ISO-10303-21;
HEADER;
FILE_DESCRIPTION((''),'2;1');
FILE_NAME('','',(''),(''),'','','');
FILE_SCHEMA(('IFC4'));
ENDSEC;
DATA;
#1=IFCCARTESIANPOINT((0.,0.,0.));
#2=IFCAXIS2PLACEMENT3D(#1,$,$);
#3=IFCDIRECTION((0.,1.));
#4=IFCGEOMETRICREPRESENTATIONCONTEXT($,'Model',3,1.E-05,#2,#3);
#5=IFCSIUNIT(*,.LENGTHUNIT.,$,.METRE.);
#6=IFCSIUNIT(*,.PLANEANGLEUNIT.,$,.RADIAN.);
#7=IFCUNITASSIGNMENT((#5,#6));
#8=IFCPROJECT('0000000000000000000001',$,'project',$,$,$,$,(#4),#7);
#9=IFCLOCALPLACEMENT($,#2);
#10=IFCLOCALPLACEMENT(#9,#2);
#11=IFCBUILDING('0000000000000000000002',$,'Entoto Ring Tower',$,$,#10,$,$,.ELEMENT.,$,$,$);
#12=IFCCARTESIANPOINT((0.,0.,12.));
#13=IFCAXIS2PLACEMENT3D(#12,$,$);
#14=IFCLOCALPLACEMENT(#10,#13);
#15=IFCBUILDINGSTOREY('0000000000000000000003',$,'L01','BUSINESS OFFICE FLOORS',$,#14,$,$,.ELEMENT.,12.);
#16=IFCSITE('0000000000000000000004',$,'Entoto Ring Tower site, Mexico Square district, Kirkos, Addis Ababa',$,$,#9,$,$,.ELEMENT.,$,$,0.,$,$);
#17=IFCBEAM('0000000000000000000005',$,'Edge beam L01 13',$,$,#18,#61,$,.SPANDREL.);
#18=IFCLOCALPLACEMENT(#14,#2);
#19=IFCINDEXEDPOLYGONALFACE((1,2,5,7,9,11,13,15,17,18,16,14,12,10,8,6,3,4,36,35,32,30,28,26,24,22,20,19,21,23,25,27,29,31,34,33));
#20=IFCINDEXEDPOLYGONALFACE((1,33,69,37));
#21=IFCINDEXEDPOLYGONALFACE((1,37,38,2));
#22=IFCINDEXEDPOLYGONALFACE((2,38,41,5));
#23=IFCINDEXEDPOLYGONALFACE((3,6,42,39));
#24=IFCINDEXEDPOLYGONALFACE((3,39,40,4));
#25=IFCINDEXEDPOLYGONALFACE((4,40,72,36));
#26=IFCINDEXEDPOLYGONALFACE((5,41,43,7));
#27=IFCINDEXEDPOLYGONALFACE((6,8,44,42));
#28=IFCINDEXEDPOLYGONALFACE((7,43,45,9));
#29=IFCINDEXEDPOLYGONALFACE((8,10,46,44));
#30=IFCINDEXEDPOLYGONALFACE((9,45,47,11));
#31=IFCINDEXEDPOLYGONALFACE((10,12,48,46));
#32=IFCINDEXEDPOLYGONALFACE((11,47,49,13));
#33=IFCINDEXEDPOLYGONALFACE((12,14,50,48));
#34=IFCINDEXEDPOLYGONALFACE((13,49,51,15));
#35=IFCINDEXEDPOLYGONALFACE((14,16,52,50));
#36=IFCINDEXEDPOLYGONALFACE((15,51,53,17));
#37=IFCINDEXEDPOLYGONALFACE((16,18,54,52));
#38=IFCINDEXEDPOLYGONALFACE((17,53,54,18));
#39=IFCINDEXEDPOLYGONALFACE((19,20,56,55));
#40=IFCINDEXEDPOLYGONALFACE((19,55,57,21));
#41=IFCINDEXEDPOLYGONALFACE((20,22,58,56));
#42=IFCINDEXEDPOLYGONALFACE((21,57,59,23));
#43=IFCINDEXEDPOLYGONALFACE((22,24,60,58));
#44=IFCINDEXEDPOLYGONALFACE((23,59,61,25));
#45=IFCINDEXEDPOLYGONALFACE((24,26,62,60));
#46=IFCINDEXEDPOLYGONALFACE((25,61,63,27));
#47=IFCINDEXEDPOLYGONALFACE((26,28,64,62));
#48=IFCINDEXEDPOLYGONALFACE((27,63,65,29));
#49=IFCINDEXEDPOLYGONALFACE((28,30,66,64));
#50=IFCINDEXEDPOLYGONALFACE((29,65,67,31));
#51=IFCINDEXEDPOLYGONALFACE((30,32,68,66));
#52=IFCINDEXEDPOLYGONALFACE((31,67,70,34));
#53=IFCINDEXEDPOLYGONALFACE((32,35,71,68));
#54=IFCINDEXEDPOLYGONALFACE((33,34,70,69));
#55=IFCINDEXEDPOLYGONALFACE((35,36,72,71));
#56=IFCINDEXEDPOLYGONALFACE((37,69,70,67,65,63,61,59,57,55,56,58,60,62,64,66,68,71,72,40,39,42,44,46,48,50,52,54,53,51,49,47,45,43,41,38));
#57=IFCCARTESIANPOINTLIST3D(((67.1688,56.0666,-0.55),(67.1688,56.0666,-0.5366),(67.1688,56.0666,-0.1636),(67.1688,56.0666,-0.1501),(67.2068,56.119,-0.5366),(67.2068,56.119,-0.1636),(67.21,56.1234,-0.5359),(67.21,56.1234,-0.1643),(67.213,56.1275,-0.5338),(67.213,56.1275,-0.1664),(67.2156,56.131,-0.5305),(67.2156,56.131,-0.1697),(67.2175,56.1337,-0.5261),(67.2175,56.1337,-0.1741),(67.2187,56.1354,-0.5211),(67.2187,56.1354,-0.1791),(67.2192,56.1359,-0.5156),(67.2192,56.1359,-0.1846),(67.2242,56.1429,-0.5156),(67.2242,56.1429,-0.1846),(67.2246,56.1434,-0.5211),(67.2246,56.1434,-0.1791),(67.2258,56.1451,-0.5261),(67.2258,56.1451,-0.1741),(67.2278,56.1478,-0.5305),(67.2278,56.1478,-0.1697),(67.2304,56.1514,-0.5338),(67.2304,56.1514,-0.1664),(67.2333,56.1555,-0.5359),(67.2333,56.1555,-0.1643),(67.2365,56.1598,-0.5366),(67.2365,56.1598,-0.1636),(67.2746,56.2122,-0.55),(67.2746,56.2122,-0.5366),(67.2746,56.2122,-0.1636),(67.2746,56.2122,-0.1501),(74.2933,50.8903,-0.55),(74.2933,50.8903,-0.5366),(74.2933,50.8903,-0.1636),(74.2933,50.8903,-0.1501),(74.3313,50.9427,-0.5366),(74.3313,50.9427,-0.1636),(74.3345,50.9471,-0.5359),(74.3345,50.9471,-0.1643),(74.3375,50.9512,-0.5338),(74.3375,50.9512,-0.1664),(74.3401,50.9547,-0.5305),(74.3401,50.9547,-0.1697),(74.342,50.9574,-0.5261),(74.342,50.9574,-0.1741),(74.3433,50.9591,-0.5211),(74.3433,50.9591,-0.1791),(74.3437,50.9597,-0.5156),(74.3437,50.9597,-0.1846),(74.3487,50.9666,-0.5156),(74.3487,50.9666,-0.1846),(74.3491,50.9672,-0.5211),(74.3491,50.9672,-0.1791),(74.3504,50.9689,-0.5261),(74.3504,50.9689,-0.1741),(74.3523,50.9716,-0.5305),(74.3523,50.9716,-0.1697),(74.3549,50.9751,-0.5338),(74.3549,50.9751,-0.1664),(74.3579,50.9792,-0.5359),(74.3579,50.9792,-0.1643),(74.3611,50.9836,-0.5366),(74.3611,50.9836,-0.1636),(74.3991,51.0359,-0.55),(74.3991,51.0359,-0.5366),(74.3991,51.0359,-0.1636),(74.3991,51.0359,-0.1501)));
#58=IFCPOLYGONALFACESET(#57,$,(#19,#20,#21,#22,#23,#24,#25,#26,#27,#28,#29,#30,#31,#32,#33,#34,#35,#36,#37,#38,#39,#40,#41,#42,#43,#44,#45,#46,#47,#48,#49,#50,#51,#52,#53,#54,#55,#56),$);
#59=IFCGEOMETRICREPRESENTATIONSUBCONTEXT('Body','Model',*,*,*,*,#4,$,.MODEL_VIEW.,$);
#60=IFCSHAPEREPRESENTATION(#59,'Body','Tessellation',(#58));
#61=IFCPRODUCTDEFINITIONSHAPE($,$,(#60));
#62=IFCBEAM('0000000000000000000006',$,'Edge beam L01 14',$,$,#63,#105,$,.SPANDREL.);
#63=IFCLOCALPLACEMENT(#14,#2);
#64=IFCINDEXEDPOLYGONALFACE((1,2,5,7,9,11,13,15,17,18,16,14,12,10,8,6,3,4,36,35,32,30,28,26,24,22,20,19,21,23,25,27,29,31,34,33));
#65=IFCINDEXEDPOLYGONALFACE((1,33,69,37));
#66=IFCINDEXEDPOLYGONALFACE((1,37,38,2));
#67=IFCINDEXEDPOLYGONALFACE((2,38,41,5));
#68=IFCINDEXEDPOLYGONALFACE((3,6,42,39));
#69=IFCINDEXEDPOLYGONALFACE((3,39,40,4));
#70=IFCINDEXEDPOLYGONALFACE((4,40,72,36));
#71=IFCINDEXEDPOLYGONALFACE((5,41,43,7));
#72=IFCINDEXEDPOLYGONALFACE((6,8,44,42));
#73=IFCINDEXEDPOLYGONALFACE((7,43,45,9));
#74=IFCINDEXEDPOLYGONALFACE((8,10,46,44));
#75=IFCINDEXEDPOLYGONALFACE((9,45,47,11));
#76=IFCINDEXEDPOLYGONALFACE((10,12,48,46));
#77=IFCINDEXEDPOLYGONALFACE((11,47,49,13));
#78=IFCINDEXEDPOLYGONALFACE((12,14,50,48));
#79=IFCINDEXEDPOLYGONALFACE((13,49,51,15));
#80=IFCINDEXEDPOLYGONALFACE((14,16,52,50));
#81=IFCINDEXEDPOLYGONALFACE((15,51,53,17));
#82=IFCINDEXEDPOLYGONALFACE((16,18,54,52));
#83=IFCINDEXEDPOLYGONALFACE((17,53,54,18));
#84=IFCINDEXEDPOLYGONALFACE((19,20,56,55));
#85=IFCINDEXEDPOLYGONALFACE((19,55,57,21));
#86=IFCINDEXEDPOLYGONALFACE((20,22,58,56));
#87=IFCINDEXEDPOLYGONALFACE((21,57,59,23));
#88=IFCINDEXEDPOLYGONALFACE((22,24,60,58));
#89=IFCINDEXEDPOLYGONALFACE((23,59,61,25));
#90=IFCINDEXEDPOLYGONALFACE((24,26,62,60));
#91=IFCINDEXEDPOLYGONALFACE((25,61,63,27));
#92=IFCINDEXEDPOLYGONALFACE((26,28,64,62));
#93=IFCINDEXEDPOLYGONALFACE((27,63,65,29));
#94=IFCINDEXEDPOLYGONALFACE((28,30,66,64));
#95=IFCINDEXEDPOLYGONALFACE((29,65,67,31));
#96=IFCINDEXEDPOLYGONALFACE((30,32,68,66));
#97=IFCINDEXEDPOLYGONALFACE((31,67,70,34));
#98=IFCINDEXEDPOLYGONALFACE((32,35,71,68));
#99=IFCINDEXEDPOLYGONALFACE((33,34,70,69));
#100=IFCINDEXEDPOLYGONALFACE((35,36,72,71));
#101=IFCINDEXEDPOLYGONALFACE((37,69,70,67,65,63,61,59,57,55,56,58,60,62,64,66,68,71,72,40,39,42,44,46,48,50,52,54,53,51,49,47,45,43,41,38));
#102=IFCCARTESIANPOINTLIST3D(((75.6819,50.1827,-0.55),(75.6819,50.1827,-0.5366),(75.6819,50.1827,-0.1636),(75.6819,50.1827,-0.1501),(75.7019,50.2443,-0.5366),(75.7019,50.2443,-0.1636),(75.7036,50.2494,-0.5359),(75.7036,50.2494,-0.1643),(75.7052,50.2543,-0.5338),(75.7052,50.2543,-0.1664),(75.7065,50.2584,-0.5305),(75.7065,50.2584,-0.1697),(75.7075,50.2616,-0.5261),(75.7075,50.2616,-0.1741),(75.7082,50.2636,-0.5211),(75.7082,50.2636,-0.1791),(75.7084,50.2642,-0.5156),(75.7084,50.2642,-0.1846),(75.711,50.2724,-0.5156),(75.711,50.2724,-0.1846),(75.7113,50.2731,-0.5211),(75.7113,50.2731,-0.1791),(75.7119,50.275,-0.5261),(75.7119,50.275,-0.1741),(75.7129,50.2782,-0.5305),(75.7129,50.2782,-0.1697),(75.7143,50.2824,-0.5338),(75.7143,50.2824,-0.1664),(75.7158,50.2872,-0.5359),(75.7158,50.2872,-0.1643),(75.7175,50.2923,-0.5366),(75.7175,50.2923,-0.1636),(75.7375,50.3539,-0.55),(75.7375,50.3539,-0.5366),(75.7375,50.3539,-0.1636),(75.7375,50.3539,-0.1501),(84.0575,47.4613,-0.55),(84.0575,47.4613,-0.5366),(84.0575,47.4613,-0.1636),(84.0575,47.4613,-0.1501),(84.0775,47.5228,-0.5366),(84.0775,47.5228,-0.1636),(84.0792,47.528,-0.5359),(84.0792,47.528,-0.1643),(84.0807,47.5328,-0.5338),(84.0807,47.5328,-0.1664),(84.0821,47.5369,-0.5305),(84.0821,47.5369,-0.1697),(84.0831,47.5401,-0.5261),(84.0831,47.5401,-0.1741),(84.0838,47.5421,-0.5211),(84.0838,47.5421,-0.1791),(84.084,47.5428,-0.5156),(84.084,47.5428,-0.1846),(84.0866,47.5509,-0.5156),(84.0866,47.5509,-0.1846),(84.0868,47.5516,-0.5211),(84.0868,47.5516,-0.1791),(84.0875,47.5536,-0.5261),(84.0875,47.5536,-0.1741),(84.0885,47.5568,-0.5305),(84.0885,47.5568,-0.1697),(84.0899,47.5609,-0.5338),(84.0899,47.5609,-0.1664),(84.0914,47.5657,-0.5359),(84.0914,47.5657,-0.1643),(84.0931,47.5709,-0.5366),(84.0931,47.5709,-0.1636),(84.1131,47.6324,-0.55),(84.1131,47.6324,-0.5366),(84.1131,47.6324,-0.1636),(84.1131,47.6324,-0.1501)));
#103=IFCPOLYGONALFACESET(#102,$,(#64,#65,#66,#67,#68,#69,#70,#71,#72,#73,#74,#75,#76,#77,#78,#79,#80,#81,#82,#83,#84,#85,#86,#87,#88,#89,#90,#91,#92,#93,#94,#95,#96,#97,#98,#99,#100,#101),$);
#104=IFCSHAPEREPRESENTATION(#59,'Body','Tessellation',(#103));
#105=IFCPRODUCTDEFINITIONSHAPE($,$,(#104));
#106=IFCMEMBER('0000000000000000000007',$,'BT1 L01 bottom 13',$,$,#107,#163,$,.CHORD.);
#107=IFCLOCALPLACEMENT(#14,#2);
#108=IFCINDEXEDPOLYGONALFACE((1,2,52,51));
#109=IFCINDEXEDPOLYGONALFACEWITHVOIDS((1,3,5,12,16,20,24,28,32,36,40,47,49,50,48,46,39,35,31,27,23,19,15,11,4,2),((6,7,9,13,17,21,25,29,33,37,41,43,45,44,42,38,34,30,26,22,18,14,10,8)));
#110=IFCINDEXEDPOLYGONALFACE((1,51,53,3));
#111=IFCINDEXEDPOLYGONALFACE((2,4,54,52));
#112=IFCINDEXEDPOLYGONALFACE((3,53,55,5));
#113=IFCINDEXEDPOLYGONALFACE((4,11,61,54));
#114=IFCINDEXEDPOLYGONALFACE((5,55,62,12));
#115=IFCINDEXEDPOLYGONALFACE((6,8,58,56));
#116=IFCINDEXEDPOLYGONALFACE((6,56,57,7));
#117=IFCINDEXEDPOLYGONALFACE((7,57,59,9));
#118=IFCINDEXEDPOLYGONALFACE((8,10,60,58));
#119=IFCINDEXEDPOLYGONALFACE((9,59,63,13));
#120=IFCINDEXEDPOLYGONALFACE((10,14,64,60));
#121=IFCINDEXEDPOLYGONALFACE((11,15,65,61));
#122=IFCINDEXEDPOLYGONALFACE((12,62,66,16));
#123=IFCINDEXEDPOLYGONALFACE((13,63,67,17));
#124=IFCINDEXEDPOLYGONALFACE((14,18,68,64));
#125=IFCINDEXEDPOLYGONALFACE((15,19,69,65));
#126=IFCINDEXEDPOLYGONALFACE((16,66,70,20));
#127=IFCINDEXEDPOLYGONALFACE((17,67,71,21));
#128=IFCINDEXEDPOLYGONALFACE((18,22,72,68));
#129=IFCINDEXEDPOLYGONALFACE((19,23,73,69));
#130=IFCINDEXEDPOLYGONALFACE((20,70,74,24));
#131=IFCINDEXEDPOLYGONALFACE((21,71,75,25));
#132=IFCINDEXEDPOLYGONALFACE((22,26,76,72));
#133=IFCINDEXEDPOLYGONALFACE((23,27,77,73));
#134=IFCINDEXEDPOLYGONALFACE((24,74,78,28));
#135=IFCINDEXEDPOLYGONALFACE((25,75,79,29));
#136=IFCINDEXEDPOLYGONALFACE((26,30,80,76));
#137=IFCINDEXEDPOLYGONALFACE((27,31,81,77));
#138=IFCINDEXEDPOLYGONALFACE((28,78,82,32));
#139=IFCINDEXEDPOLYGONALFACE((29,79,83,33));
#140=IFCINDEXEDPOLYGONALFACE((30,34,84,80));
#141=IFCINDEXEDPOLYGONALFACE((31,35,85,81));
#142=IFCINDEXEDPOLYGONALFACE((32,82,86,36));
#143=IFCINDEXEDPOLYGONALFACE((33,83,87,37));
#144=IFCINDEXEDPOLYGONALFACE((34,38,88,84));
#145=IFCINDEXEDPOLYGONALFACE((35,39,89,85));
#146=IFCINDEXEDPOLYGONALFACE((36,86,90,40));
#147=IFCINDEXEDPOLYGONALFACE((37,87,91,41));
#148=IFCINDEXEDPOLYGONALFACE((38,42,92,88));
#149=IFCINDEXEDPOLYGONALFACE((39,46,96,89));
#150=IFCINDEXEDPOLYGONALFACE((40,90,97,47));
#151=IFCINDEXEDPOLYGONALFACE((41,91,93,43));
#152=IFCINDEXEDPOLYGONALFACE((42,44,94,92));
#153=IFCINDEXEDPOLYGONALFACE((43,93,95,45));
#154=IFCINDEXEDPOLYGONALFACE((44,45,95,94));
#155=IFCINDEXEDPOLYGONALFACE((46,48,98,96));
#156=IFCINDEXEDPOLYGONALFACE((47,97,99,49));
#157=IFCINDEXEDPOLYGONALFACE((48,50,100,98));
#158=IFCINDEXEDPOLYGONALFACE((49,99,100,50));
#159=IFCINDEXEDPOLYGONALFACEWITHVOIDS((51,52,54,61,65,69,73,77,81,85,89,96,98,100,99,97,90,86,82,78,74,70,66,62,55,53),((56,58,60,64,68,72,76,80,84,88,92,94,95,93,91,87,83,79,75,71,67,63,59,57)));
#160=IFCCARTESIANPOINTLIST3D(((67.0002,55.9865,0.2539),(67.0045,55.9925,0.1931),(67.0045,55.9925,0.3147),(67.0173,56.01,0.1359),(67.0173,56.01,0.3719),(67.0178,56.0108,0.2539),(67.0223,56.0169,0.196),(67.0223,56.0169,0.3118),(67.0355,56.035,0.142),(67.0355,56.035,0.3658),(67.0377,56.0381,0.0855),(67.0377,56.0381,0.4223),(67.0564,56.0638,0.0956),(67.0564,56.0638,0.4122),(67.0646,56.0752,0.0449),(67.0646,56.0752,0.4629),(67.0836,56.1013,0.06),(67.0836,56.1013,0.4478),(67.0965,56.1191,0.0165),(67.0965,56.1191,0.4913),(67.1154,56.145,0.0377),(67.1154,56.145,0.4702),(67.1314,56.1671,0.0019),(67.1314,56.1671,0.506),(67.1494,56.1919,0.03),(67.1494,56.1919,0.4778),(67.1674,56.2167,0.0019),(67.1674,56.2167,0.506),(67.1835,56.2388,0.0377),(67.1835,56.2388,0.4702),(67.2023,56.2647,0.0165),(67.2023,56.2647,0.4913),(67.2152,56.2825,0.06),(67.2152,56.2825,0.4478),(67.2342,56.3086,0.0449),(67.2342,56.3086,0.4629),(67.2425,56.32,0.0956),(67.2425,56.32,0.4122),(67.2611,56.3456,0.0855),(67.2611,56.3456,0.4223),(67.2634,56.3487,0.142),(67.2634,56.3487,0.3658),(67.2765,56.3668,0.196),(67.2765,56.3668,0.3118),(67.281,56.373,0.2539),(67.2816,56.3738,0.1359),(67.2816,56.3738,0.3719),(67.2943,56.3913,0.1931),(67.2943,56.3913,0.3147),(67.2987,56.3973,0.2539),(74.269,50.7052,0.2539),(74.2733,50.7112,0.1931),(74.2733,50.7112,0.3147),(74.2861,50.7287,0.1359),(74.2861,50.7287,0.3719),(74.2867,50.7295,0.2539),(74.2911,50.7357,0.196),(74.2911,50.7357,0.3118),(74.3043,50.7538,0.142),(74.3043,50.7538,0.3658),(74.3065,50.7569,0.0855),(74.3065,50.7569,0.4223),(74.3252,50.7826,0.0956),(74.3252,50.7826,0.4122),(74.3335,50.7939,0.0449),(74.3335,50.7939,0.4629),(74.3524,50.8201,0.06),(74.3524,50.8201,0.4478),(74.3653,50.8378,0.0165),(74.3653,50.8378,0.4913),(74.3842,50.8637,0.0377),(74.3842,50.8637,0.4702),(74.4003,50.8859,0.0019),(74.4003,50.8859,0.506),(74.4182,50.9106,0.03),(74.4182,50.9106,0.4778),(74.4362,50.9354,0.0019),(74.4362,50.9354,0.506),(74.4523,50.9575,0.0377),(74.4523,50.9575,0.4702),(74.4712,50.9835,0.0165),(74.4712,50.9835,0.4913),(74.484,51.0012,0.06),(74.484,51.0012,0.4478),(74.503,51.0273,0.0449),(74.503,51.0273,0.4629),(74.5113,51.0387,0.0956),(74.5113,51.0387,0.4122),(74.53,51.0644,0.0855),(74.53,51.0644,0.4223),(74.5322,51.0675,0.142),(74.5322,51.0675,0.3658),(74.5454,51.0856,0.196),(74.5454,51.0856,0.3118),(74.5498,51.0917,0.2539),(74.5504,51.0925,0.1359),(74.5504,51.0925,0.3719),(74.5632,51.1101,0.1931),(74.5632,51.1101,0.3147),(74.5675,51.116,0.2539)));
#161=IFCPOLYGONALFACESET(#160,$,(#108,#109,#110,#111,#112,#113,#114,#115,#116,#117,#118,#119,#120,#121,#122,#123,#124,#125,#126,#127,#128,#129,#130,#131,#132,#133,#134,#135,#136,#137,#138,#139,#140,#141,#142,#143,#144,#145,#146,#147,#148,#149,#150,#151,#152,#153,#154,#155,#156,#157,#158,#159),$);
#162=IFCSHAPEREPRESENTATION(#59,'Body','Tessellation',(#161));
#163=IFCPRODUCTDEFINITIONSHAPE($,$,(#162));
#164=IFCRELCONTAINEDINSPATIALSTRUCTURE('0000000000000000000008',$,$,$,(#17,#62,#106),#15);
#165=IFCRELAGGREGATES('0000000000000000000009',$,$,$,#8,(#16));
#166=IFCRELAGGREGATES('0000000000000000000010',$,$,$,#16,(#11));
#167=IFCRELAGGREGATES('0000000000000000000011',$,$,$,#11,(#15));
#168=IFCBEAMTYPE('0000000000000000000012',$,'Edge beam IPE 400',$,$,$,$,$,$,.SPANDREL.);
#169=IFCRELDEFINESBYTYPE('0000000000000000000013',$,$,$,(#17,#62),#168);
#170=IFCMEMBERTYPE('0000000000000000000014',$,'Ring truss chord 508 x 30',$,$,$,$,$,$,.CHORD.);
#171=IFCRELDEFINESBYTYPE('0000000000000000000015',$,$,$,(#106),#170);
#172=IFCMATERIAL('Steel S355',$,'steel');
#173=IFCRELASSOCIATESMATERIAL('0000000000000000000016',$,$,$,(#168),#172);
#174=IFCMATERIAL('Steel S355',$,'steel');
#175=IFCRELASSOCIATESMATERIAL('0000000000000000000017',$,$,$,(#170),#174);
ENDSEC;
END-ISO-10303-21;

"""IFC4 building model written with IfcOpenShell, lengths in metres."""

from ifc_helpers import new_model, si_unit, direction, frame, origin, origin_2d, place, context, subcontext, project, spatial, circle, hollow_circle, i_section, extrude, material, material_profile, profile_set, type_object, element, save


model = new_model("IFC4")

# Units and contexts
model_context = context("Model", 3, precision=1e-05, world=origin(), true_north=direction((0.0, 1.0)))
body_context = subcontext(model_context, "Body", "Model", "MODEL_VIEW")
ifc_project = project(units=[si_unit("LENGTHUNIT", "METRE"), si_unit("PLANEANGLEUNIT", "RADIAN")], contexts=[model_context])

# Site, building, storey
site_placement = place(None, origin())
site = spatial("IfcSite", under=ifc_project, at=site_placement, Name="Entoto Ring Tower site, Mexico Square district, Kirkos, Addis Ababa", CompositionType="ELEMENT", RefElevation=0.0)
building_placement = place(site_placement, origin())
building = spatial("IfcBuilding", under=site, at=building_placement, Name="Entoto Ring Tower", CompositionType="ELEMENT")
storey_placement = place(building_placement, frame((0.0, 0.0, 12.0)))
storey = spatial("IfcBuildingStorey", under=building, at=storey_placement, Name="L01", Description="BUSINESS OFFICE FLOORS", CompositionType="ELEMENT", Elevation=12.0)

# Beams
ifc_material_1 = material(Name="Steel S355", Category="steel")
ifc_material_profile_1 = material_profile(ifc_material_1, i_section(OverallWidth=0.1799, OverallDepth=0.3999, WebThickness=0.0085, FlangeThickness=0.0134, FilletRadius=0.021, at=origin_2d()), Name="IPE 400")
ifc_profile_set_1 = profile_set([ifc_material_profile_1], Name="Steel S355")
beam_type = type_object("IfcBeamType", Name="Edge beam IPE 400", PredefinedType="SPANDREL", material=ifc_profile_set_1)
beam_1_placement = place(storey_placement, frame((67.2217, 56.1394, -0.3501), z_axis=(0.809017, -0.587786, 0.0), x_axis=(0.587786, 0.809017, 0.0)))
element("IfcBeam", 1, at=beam_1_placement, inside=storey, type_object=beam_type, Name="Edge beam L01 13", PredefinedType="SPANDREL", context=body_context, shape_type="SweptSolid", body=[
    extrude(i_section(OverallWidth=0.1799, OverallDepth=0.3999, WebThickness=0.0085, FlangeThickness=0.0134, FilletRadius=0.021, at=origin_2d()), origin(), (0.0, 0.0, 1.0), 8.8064),
])
beam_2_placement = place(storey_placement, frame((75.7097, 50.2683, -0.3501), z_axis=(0.951054, -0.309025, 0.0), x_axis=(0.309025, 0.951054, 0.0)))
element("IfcBeam", 2, at=beam_2_placement, inside=storey, type_object=beam_type, Name="Edge beam L01 14", PredefinedType="SPANDREL", context=body_context, shape_type="SweptSolid", body=[
    extrude(i_section(OverallWidth=0.1799, OverallDepth=0.3999, WebThickness=0.0085, FlangeThickness=0.0134, FilletRadius=0.021, at=origin_2d()), origin(), (0.0, 0.0, 1.0), 8.8066),
])

# Member
ifc_material_2 = material(Name="Steel S355", Category="steel")
ifc_material_profile_2 = material_profile(ifc_material_2, hollow_circle(Radius=0.2539, WallThickness=0.03, at=origin_2d()), Name="CHS 508 x 30")
ifc_material_3 = material(Name="Concrete C60/75", Category="concrete")
ifc_material_profile_3 = material_profile(ifc_material_3, circle(Radius=0.2241, at=origin_2d()), Name="Concrete C60/75 infill")
ifc_profile_set_2 = profile_set([ifc_material_profile_2, ifc_material_profile_3], Name="Steel S355")
member_type_1 = type_object("IfcMemberType", Name="Ring truss chord 508 x 30", PredefinedType="CHORD", material=ifc_profile_set_2)
for number, where, z_axis, x_axis, name in (
    (3, (67.1494, 56.1919, 0.2539), (0.809009, -0.587797, 0.0), (0.587797, 0.809009, 0.0), "BT1 L01 bottom 13"),
):
    element("IfcMember", number, at=place(storey_placement, frame(where, z_axis=z_axis, x_axis=x_axis)), inside=storey, type_object=member_type_1, Name=name, PredefinedType="CHORD", context=body_context, shape_type="SweptSolid", body=[
        extrude(hollow_circle(Radius=0.2539, WallThickness=0.03, at=origin_2d()), origin(), (0.0, 0.0, 1.0), 8.9849),
    ])

save(model, "model.ifc")
